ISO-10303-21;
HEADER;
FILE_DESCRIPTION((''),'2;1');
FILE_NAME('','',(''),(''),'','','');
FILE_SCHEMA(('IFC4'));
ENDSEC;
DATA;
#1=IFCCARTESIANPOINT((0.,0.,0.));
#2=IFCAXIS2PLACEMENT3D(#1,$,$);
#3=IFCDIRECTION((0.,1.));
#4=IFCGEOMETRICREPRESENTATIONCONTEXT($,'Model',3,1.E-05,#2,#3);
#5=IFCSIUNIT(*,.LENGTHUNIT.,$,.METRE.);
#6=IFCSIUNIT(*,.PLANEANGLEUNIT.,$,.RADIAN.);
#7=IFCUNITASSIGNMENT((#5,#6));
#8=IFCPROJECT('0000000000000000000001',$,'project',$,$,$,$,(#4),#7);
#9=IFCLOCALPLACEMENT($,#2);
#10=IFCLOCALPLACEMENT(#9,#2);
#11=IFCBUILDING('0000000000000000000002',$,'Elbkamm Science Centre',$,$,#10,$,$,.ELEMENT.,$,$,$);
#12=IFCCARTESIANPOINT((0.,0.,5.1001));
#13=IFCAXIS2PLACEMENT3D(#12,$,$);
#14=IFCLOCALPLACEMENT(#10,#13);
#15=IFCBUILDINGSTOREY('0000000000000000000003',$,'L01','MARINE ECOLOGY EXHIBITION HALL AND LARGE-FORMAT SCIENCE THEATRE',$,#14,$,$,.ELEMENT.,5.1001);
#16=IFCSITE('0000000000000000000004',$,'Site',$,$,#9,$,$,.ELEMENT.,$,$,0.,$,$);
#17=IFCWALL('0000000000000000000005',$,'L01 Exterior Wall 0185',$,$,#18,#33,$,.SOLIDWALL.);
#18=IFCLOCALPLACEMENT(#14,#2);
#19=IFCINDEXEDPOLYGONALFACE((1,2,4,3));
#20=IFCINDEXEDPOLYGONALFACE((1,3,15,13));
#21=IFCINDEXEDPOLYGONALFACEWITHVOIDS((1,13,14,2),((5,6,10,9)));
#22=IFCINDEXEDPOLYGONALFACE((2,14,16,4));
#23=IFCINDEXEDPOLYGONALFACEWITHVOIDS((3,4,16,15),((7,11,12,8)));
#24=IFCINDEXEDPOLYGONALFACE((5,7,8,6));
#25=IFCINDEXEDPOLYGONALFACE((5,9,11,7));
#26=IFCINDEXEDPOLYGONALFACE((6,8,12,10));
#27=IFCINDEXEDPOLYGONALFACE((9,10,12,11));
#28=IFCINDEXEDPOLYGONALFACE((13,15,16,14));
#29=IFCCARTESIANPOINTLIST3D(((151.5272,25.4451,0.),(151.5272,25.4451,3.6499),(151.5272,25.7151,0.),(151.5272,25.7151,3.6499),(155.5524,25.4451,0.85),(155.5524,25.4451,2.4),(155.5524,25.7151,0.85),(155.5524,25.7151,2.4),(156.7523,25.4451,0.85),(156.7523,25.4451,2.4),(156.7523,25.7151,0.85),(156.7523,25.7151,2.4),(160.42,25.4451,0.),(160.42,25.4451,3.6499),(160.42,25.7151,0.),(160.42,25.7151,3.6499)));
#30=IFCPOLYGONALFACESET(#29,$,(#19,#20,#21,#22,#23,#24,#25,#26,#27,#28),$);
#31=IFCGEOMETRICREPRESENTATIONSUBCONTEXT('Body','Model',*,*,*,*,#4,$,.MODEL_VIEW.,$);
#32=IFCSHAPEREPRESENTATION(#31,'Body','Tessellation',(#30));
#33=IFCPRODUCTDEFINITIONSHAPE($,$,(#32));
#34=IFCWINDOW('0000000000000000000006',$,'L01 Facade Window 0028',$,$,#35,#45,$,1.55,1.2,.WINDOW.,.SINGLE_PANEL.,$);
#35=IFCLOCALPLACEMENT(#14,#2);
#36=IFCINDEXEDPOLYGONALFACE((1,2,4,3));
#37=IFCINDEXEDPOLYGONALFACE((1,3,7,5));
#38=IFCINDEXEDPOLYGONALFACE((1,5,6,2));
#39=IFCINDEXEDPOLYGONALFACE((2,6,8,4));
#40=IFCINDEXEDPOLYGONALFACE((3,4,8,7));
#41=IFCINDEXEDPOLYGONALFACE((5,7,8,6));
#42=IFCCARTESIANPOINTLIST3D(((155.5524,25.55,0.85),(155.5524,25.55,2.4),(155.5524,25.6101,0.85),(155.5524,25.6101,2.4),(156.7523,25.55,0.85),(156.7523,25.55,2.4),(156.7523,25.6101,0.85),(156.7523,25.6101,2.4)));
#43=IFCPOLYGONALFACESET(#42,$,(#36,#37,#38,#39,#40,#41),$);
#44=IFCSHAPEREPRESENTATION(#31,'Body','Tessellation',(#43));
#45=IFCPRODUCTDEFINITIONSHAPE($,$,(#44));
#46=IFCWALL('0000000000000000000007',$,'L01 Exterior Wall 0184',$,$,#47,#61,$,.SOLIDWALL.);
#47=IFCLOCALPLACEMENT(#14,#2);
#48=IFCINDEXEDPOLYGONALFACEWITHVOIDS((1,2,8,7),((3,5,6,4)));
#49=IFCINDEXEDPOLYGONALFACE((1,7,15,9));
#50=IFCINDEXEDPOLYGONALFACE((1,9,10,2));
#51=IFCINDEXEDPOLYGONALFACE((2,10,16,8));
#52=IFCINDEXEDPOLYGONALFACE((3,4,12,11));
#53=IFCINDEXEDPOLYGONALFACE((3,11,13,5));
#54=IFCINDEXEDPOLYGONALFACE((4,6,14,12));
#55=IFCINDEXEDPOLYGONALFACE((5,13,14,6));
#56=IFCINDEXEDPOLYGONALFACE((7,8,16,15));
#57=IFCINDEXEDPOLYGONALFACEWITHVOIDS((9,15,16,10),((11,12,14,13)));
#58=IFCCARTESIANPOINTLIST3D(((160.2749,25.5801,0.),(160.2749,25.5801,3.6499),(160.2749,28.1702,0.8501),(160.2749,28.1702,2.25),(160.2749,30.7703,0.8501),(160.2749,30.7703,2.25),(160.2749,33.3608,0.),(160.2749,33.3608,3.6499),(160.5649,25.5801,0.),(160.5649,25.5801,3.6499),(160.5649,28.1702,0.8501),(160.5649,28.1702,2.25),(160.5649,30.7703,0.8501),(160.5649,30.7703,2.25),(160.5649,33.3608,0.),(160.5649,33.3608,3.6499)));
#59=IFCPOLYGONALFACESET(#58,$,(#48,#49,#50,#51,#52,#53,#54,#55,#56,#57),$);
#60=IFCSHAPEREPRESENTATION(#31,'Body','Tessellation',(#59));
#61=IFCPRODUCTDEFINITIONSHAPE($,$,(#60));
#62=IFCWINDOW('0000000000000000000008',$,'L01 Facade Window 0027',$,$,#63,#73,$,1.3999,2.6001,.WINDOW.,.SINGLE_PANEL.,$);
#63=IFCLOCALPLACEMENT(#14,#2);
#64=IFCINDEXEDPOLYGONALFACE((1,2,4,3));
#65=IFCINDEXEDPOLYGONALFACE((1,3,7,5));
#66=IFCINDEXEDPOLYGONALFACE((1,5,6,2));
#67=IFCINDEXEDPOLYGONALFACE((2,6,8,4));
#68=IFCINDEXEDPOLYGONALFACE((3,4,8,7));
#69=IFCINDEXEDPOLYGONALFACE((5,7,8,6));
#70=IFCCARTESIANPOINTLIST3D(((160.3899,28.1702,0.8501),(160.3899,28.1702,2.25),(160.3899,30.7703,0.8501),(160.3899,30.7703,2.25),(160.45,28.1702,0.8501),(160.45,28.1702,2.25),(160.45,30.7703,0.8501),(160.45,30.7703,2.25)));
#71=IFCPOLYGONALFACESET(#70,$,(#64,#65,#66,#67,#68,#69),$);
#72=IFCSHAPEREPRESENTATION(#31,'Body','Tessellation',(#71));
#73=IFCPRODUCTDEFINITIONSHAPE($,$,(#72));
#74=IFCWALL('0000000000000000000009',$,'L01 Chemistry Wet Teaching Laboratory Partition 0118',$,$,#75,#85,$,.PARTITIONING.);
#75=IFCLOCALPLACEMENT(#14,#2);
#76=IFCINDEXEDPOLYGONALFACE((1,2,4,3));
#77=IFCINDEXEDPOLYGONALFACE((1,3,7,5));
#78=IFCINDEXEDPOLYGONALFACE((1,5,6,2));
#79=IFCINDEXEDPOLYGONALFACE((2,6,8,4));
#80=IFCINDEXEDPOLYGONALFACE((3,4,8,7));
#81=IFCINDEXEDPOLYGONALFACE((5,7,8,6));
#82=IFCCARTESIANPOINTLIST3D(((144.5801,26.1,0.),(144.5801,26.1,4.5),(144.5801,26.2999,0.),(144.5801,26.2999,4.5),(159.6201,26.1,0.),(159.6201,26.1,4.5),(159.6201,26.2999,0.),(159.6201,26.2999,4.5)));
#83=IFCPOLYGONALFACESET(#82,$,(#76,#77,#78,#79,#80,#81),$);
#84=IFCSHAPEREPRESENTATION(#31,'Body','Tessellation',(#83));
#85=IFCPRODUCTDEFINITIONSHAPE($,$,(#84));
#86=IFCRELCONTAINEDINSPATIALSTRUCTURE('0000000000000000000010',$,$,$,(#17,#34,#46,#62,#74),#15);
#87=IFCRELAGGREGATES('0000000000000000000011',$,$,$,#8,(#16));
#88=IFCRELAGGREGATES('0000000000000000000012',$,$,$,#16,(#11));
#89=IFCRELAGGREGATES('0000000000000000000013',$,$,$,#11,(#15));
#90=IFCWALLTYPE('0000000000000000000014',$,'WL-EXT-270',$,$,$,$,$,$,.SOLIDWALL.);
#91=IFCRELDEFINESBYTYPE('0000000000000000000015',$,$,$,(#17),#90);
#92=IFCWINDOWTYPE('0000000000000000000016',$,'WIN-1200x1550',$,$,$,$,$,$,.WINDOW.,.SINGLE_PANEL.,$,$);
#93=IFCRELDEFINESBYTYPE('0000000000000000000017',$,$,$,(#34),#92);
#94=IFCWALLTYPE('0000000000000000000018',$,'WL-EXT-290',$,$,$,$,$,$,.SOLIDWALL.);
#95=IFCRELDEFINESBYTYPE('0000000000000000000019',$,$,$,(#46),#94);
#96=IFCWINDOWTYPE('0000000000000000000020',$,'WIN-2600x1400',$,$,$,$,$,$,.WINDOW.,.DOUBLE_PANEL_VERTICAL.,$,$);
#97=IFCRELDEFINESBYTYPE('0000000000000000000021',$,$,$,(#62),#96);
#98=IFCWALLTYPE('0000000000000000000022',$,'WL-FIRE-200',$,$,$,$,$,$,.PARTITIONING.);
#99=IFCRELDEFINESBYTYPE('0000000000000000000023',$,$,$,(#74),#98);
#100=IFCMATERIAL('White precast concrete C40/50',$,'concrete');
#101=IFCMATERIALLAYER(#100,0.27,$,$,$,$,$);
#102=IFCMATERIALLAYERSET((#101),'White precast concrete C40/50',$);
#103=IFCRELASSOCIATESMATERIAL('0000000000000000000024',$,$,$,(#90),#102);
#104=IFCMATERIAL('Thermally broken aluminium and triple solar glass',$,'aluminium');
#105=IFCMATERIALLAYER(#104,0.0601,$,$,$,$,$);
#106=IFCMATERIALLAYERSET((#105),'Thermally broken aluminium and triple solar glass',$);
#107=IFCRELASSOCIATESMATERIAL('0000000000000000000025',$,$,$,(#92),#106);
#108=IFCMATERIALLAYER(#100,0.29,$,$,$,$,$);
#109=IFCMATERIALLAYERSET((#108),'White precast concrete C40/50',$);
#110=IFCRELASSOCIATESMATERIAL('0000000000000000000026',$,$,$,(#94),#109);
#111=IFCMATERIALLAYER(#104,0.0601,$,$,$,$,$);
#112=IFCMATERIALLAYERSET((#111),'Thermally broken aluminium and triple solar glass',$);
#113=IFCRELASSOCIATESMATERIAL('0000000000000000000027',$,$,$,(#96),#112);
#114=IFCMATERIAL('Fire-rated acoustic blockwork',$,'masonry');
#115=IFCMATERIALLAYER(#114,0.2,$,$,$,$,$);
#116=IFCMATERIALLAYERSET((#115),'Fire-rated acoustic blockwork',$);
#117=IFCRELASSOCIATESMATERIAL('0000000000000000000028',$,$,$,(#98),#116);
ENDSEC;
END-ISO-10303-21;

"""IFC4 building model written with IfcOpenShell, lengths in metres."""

from ifc_helpers import new_model, si_unit, direction, frame, frame_2d, origin, place, context, subcontext, project, spatial, rectangle, extrude, material, layer, layer_set, type_object, element, fill, save


model = new_model("IFC4")

# Units and contexts
model_context = context("Model", 3, precision=1e-05, world=origin(), true_north=direction((0.0, 1.0)))
body_context = subcontext(model_context, "Body", "Model", "MODEL_VIEW")
ifc_project = project(units=[si_unit("LENGTHUNIT", "METRE"), si_unit("PLANEANGLEUNIT", "RADIAN")], contexts=[model_context])

# Site, building, storey
site_placement = place(None, origin())
site = spatial("IfcSite", under=ifc_project, at=site_placement, Name="Site", CompositionType="ELEMENT", RefElevation=0.0)
building_placement = place(site_placement, origin())
building = spatial("IfcBuilding", under=site, at=building_placement, Name="Elbkamm Science Centre", CompositionType="ELEMENT")
storey_placement = place(building_placement, frame((0.0, 0.0, 5.1001)))
storey = spatial("IfcBuildingStorey", under=building, at=storey_placement, Name="L01", Description="MARINE ECOLOGY EXHIBITION HALL AND LARGE-FORMAT SCIENCE THEATRE", CompositionType="ELEMENT", Elevation=5.1001)

# Walls, openings, windows
ifc_material_1 = material(Name="White precast concrete C40/50", Category="concrete")
ifc_layer_1 = layer(ifc_material_1, 0.27)
ifc_layer_set_1 = layer_set([ifc_layer_1], Name="White precast concrete C40/50")
wall_type_1 = type_object("IfcWallType", Name="WL-EXT-270", PredefinedType="SOLIDWALL", material=ifc_layer_set_1)
wall_1_placement = place(storey_placement, frame((160.4199, 25.5801, 0.0), z_axis=(0.0, 0.0, 1.0), x_axis=(-1.0, 0.0, 0.0)))
wall_1 = element("IfcWall", 1, at=wall_1_placement, inside=storey, type_object=wall_type_1, Name="L01 Exterior Wall 0185", PredefinedType="SOLIDWALL", context=body_context, shape_type="SweptSolid", body=[
    extrude(rectangle(XDim=8.8928, YDim=0.27, at=frame_2d((4.4463, 0.0))), origin(), (0.0, 0.0, 1.0), 3.6499),
])
opening_1_placement = place(wall_1_placement, frame((3.6675, 0.0, 0.8501)))
opening_1 = element("IfcOpeningElement", 2, at=opening_1_placement, cuts=wall_1, PredefinedType="OPENING", context=body_context, shape_type="SweptSolid", body=[
    extrude(rectangle(XDim=1.2, YDim=1.55, at=frame_2d((0.6001, 0.7749))), frame((0.0, 0.147, 0.0), z_axis=(0.0, -1.0, 0.0), x_axis=(1.0, 0.0, 0.0)), (0.0, 0.0, 1.0), 0.2939),
])
ifc_material_2 = material(Name="Thermally broken aluminium and triple solar glass", Category="aluminium")
ifc_layer_2 = layer(ifc_material_2, 0.0601)
ifc_layer_set_2 = layer_set([ifc_layer_2], Name="Thermally broken aluminium and triple solar glass")
window_type_1 = type_object("IfcWindowType", Name="WIN-1200x1550", PartitioningType="SINGLE_PANEL", PredefinedType="WINDOW", material=ifc_layer_set_2)
window_1_placement = place(opening_1_placement, origin())
window_1 = element("IfcWindow", 3, at=window_1_placement, inside=storey, type_object=window_type_1, Name="L01 Facade Window 0028", OverallHeight=1.55, OverallWidth=1.2, PartitioningType="SINGLE_PANEL", PredefinedType="WINDOW", context=body_context, shape_type="SweptSolid", body=[
    extrude(rectangle(XDim=1.2, YDim=1.55, at=frame_2d((0.6001, 0.7749))), frame((0.0, 0.03, 0.0), z_axis=(0.0, -1.0, 0.0), x_axis=(1.0, 0.0, 0.0)), (0.0, 0.0, 1.0), 0.0601),
])
fill(opening_1, window_1)
ifc_layer_3 = layer(ifc_material_1, 0.29)
ifc_layer_set_3 = layer_set([ifc_layer_3], Name="White precast concrete C40/50")
wall_type_2 = type_object("IfcWallType", Name="WL-EXT-290", PredefinedType="SOLIDWALL", material=ifc_layer_set_3)
wall_2_placement = place(storey_placement, frame((160.4199, 33.3608, 0.0), z_axis=(0.0, 0.0, 1.0), x_axis=(0.0, -1.0, 0.0)))
wall_2 = element("IfcWall", 4, at=wall_2_placement, inside=storey, type_object=wall_type_2, Name="L01 Exterior Wall 0184", PredefinedType="SOLIDWALL", context=body_context, shape_type="SweptSolid", body=[
    extrude(rectangle(XDim=7.7808, YDim=0.29, at=frame_2d((3.8904, 0.0))), origin(), (0.0, 0.0, 1.0), 3.6499),
])
opening_2_placement = place(wall_2_placement, frame((2.5906, 0.0, 0.8501)))
opening_2 = element("IfcOpeningElement", 5, at=opening_2_placement, cuts=wall_2, PredefinedType="OPENING", context=body_context, shape_type="SweptSolid", body=[
    extrude(rectangle(XDim=2.6001, YDim=1.3999, at=frame_2d((1.3, 0.7))), frame((0.0, 0.157, 0.0), z_axis=(0.0, -1.0, 0.0), x_axis=(1.0, 0.0, 0.0)), (0.0, 0.0, 1.0), 0.314),
])
ifc_layer_4 = layer(ifc_material_2, 0.0601)
ifc_layer_set_4 = layer_set([ifc_layer_4], Name="Thermally broken aluminium and triple solar glass")
window_type_2 = type_object("IfcWindowType", Name="WIN-2600x1400", PartitioningType="DOUBLE_PANEL_VERTICAL", PredefinedType="WINDOW", material=ifc_layer_set_4)
window_2_placement = place(opening_2_placement, origin())
window_2 = element("IfcWindow", 6, at=window_2_placement, inside=storey, type_object=window_type_2, Name="L01 Facade Window 0027", OverallHeight=1.3999, OverallWidth=2.6001, PartitioningType="SINGLE_PANEL", PredefinedType="WINDOW", context=body_context, shape_type="SweptSolid", body=[
    extrude(rectangle(XDim=2.6001, YDim=1.3999, at=frame_2d((1.3, 0.7))), frame((0.0, 0.03, 0.0), z_axis=(0.0, -1.0, 0.0), x_axis=(1.0, 0.0, 0.0)), (0.0, 0.0, 1.0), 0.0601),
])
fill(opening_2, window_2)

# Wall
ifc_material_3 = material(Name="Fire-rated acoustic blockwork", Category="masonry")
ifc_layer_5 = layer(ifc_material_3, 0.2)
ifc_layer_set_5 = layer_set([ifc_layer_5], Name="Fire-rated acoustic blockwork")
wall_type_3 = type_object("IfcWallType", Name="WL-FIRE-200", PredefinedType="PARTITIONING", material=ifc_layer_set_5)
wall_3_placement = place(storey_placement, frame((159.6201, 26.2, 0.0), z_axis=(0.0, 0.0, 1.0), x_axis=(-1.0, 0.0, 0.0)))
element("IfcWall", 7, at=wall_3_placement, inside=storey, type_object=wall_type_3, Name="L01 Chemistry Wet Teaching Laboratory Partition 0118", PredefinedType="PARTITIONING", context=body_context, shape_type="SweptSolid", body=[
    extrude(rectangle(XDim=15.04, YDim=0.2, at=frame_2d((7.52, 0.0))), origin(), (0.0, 0.0, 1.0), 4.5),
])

save(model, "model.ifc")
